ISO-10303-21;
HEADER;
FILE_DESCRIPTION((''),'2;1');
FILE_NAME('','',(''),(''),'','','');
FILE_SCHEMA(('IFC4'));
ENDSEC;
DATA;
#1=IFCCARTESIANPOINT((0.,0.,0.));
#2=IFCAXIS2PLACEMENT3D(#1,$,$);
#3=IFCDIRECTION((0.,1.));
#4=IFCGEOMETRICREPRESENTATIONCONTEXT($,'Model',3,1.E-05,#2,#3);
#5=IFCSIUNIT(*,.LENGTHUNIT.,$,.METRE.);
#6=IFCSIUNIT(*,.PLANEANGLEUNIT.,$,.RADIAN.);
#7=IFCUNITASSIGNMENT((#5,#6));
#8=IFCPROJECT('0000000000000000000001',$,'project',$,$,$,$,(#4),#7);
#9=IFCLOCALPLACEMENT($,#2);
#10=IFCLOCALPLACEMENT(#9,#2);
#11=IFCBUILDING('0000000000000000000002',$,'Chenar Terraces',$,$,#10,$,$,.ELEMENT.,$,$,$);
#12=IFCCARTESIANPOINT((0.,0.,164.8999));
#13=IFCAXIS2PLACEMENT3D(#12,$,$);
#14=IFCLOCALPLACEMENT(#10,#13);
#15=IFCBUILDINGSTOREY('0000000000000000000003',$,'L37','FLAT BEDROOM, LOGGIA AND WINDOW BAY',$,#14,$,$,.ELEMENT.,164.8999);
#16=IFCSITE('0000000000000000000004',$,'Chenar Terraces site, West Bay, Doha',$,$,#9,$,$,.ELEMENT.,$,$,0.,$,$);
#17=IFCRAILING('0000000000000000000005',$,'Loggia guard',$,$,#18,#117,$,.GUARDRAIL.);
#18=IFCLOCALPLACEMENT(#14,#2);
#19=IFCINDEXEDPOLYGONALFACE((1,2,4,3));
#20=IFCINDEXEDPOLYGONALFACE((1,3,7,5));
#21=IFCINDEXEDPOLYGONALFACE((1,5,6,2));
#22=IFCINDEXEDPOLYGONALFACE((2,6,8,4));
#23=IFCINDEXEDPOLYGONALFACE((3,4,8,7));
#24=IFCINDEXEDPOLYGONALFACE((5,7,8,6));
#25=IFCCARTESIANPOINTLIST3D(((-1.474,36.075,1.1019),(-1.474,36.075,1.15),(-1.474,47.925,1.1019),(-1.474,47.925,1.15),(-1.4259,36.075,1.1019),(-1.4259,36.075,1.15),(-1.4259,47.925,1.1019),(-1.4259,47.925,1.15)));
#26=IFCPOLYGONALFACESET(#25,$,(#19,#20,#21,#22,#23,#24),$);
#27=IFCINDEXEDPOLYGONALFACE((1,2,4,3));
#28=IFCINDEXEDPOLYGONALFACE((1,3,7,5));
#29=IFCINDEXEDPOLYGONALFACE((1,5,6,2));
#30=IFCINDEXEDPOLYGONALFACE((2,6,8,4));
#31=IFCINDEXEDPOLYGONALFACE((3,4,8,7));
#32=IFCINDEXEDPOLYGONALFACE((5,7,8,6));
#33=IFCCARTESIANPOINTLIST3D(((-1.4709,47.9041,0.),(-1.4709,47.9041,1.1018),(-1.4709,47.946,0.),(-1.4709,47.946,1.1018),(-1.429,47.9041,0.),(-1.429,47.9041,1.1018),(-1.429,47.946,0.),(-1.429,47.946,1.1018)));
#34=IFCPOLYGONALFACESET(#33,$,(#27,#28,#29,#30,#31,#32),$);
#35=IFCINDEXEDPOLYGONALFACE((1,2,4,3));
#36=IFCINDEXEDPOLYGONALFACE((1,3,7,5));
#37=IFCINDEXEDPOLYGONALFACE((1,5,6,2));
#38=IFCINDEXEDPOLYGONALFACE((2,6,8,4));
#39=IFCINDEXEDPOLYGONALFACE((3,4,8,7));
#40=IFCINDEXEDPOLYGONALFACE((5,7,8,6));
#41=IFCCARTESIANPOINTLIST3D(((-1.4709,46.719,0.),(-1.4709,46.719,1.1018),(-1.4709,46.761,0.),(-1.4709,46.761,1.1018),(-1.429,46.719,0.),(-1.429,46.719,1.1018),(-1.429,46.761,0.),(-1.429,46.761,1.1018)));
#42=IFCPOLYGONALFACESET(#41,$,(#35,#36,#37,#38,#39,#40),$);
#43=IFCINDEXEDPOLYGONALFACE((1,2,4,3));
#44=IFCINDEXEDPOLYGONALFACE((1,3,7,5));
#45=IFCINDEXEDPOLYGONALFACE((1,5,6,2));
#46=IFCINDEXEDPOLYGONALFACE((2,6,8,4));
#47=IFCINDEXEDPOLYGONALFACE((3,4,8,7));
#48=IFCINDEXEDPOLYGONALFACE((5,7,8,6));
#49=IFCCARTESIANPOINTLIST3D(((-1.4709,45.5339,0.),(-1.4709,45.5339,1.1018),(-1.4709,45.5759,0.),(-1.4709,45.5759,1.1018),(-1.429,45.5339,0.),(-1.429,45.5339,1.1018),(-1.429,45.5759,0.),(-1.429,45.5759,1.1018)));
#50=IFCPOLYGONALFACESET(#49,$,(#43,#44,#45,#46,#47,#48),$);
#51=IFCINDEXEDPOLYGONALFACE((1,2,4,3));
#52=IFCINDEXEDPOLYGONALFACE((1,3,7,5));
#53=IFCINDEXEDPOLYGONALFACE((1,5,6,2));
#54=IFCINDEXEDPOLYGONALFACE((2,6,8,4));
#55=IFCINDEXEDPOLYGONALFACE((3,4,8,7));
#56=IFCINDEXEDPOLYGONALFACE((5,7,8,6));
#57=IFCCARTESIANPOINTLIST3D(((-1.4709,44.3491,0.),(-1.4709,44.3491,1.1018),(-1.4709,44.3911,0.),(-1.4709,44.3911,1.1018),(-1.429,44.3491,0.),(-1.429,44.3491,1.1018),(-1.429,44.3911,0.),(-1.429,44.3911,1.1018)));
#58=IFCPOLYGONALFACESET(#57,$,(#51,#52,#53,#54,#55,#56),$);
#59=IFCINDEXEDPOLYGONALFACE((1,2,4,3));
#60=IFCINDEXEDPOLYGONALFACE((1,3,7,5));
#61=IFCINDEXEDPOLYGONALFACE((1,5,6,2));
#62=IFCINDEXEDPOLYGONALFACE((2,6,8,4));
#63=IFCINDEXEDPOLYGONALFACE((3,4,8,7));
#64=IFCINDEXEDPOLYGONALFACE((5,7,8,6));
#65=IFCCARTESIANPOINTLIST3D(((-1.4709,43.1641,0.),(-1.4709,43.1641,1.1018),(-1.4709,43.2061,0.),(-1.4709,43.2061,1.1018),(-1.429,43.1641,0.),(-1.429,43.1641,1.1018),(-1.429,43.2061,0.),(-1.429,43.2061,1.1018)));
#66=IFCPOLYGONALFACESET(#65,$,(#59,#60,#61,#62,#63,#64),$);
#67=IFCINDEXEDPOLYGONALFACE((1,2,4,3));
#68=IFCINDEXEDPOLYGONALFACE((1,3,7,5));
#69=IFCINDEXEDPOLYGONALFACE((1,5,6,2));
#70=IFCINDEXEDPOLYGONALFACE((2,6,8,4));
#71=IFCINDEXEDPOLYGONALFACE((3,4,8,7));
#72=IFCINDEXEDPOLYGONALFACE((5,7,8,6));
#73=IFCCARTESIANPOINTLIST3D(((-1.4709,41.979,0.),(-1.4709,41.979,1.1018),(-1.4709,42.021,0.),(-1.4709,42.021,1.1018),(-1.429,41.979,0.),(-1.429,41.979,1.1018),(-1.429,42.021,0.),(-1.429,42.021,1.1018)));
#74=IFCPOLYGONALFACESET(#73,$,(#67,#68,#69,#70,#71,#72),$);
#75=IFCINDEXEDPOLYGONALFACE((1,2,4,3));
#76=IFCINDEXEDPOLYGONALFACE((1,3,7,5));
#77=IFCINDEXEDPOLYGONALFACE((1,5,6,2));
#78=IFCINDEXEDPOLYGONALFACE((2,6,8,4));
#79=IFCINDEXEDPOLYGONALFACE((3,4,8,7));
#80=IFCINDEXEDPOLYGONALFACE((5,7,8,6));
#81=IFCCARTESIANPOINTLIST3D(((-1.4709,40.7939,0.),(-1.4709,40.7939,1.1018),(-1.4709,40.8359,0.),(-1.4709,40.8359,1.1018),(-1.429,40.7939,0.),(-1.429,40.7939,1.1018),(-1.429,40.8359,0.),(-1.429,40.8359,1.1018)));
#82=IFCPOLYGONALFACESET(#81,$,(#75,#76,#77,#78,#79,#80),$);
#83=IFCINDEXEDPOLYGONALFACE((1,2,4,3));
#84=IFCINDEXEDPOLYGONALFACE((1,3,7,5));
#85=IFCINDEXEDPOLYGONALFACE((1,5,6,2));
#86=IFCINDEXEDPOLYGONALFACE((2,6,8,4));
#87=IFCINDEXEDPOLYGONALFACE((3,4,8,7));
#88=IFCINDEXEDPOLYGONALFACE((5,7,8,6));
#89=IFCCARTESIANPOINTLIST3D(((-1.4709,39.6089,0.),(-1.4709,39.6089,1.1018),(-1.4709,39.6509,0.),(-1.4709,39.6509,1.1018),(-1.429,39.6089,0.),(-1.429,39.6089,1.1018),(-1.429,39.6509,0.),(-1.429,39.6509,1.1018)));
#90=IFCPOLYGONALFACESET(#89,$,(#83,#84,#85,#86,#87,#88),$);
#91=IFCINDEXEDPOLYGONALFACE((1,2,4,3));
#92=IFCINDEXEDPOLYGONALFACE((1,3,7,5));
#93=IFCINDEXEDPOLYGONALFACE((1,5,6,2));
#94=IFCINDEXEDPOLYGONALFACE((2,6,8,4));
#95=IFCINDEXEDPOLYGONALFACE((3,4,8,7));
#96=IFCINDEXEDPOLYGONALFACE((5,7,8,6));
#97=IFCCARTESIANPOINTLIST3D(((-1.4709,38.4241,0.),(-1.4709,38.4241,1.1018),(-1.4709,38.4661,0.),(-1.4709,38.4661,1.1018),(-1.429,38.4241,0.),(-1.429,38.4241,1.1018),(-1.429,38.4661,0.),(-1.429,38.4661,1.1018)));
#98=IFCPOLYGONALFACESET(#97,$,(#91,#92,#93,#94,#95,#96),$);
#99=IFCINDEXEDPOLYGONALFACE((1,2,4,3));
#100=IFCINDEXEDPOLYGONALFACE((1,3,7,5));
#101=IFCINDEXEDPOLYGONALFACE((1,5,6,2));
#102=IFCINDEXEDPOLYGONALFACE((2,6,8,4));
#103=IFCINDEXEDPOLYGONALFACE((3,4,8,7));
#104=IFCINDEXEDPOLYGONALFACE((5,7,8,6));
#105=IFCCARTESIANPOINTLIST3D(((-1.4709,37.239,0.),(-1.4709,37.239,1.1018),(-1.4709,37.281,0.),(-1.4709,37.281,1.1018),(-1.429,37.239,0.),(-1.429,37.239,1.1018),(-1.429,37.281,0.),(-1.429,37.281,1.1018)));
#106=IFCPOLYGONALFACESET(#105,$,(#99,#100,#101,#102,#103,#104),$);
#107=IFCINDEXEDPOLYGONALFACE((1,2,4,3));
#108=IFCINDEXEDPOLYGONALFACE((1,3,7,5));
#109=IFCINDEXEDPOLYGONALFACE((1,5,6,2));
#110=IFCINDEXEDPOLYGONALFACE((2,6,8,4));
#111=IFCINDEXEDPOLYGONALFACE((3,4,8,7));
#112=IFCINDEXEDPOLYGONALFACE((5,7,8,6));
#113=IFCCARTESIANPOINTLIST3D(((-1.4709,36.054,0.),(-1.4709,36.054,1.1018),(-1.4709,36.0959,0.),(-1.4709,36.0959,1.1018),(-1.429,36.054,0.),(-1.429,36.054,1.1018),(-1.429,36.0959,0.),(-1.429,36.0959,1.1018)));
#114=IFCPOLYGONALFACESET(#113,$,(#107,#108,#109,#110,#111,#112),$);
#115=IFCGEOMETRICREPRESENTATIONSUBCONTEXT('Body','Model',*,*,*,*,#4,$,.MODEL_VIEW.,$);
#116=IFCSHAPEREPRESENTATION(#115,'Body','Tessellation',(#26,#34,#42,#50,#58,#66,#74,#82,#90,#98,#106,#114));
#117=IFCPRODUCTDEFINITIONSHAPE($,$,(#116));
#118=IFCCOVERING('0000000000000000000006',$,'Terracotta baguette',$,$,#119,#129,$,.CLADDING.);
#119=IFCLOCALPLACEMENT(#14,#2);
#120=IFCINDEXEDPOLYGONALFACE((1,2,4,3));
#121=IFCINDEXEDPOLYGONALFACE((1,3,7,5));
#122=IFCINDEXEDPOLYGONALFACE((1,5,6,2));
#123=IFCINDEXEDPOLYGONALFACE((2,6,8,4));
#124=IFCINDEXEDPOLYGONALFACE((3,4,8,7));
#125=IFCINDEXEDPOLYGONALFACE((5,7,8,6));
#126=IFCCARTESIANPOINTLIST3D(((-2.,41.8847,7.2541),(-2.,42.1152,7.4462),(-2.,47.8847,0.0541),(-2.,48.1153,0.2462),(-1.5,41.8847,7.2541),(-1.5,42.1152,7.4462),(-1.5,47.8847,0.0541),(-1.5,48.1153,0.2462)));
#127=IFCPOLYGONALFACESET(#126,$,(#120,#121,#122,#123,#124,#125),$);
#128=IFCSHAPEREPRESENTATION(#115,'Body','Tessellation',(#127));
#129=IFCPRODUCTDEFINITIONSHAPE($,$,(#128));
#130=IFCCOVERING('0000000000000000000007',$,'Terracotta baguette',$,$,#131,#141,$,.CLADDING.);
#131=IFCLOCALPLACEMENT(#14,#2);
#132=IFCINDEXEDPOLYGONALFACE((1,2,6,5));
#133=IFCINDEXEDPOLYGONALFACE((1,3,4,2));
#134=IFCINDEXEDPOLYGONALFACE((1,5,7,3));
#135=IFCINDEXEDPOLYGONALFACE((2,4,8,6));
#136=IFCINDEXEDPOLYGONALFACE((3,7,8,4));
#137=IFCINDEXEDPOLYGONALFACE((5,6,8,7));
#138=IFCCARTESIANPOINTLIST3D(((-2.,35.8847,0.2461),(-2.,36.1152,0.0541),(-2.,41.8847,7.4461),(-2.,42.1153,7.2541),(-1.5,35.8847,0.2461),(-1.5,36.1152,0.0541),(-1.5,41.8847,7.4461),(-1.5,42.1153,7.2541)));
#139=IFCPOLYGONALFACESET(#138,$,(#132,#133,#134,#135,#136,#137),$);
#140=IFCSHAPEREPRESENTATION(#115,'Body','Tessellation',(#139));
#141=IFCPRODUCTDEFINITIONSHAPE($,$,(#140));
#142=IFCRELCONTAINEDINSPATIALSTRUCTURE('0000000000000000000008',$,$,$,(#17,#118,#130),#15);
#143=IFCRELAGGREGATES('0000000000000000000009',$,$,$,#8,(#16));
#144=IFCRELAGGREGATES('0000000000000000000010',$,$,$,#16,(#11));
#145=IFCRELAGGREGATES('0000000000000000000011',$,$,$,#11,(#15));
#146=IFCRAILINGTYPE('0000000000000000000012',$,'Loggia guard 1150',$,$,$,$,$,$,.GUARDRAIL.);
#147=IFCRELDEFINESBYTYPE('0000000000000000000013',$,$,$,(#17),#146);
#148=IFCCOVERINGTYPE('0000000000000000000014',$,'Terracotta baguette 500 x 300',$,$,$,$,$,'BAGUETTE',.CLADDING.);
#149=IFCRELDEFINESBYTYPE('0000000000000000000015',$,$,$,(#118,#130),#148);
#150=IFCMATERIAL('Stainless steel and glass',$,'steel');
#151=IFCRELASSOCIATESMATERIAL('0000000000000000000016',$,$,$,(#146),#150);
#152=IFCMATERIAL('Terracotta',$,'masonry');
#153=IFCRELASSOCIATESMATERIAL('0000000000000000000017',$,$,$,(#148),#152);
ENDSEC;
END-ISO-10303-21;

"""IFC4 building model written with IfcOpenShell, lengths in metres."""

from ifc_helpers import new_model, si_unit, direction, frame, origin, origin_2d, place, context, subcontext, project, spatial, rectangle, extrude, material, material_profile, profile_set, type_object, element, save


model = new_model("IFC4")

# Units and contexts
model_context = context("Model", 3, precision=1e-05, world=origin(), true_north=direction((0.0, 1.0)))
body_context = subcontext(model_context, "Body", "Model", "MODEL_VIEW")
ifc_project = project(units=[si_unit("LENGTHUNIT", "METRE"), si_unit("PLANEANGLEUNIT", "RADIAN")], contexts=[model_context])

# Site, building, storey
site_placement = place(None, origin())
site = spatial("IfcSite", under=ifc_project, at=site_placement, Name="Chenar Terraces site, West Bay, Doha", CompositionType="ELEMENT", RefElevation=0.0)
building_placement = place(site_placement, origin())
building = spatial("IfcBuilding", under=site, at=building_placement, Name="Chenar Terraces", CompositionType="ELEMENT")
storey_placement = place(building_placement, frame((0.0, 0.0, 164.8999)))
storey = spatial("IfcBuildingStorey", under=building, at=storey_placement, Name="L37", Description="FLAT BEDROOM, LOGGIA AND WINDOW BAY", CompositionType="ELEMENT", Elevation=164.8999)

# Railing
ifc_material_1 = material(Name="Stainless steel and glass", Category="steel")
railing_type = type_object("IfcRailingType", Name="Loggia guard 1150", PredefinedType="GUARDRAIL", material=ifc_material_1)
railing_placement = place(storey_placement, frame((-1.45, 47.925, 0.0)))
element("IfcRailing", 1, at=railing_placement, inside=storey, type_object=railing_type, Name="Loggia guard", PredefinedType="GUARDRAIL", context=body_context, shape_type="SweptSolid", body=[
    extrude(rectangle(XDim=0.0481, YDim=0.0481, at=origin_2d()), frame((0.0, 0.0, 1.126), z_axis=(0.0, -1.0, 0.0), x_axis=(1.0, 0.0, 0.0)), (0.0, 0.0, 1.0), 11.8501),
    extrude(rectangle(XDim=0.042, YDim=0.042, at=origin_2d()), origin(), (0.0, 0.0, 1.0), 1.1018),
    extrude(rectangle(XDim=0.042, YDim=0.042, at=origin_2d()), frame((0.0, -1.1851, 0.0)), (0.0, 0.0, 1.0), 1.1018),
    extrude(rectangle(XDim=0.042, YDim=0.042, at=origin_2d()), frame((0.0, -2.3701, 0.0)), (0.0, 0.0, 1.0), 1.1018),
    extrude(rectangle(XDim=0.042, YDim=0.042, at=origin_2d()), frame((0.0, -3.5549, 0.0)), (0.0, 0.0, 1.0), 1.1018),
    extrude(rectangle(XDim=0.042, YDim=0.042, at=origin_2d()), frame((0.0, -4.74, 0.0)), (0.0, 0.0, 1.0), 1.1018),
    extrude(rectangle(XDim=0.042, YDim=0.042, at=origin_2d()), frame((0.0, -5.925, 0.0)), (0.0, 0.0, 1.0), 1.1018),
    extrude(rectangle(XDim=0.042, YDim=0.042, at=origin_2d()), frame((0.0, -7.1101, 0.0)), (0.0, 0.0, 1.0), 1.1018),
    extrude(rectangle(XDim=0.042, YDim=0.042, at=origin_2d()), frame((0.0, -8.2952, 0.0)), (0.0, 0.0, 1.0), 1.1018),
    extrude(rectangle(XDim=0.042, YDim=0.042, at=origin_2d()), frame((0.0, -9.48, 0.0)), (0.0, 0.0, 1.0), 1.1018),
    extrude(rectangle(XDim=0.042, YDim=0.042, at=origin_2d()), frame((0.0, -10.665, 0.0)), (0.0, 0.0, 1.0), 1.1018),
    extrude(rectangle(XDim=0.042, YDim=0.042, at=origin_2d()), frame((0.0, -11.8501, 0.0)), (0.0, 0.0, 1.0), 1.1018),
])

# Coverings
ifc_material_2 = material(Name="Terracotta", Category="masonry")
ifc_material_profile_1 = material_profile(ifc_material_2, rectangle(XDim=0.5, YDim=0.3, at=origin_2d()), Name="Terracotta baguette 500 x 300")
ifc_profile_set_1 = profile_set([ifc_material_profile_1], Name="Terracotta")
covering_type = type_object("IfcCoveringType", Name="Terracotta baguette 500 x 300", ElementType="BAGUETTE", PredefinedType="CLADDING", material=ifc_profile_set_1)
for number, where, z_axis, x_axis, name in (
    (2, (-1.75, 48.0, 0.1501), (0.0, -0.640187, 0.768219), (1.0, 0.0, 0.0), "Terracotta baguette"),
    (3, (-1.75, 42.0, 7.3501), (0.0, -0.640187, -0.768219), (1.0, 0.0, 0.0), "Terracotta baguette"),
):
    element("IfcCovering", number, at=place(storey_placement, frame(where, z_axis=z_axis, x_axis=x_axis)), inside=storey, type_object=covering_type, Name=name, PredefinedType="CLADDING", context=body_context, shape_type="SweptSolid", body=[
        extrude(rectangle(XDim=0.5, YDim=0.3, at=origin_2d()), origin(), (0.0, 0.0, 1.0), 9.3723),
    ])

save(model, "model.ifc")
